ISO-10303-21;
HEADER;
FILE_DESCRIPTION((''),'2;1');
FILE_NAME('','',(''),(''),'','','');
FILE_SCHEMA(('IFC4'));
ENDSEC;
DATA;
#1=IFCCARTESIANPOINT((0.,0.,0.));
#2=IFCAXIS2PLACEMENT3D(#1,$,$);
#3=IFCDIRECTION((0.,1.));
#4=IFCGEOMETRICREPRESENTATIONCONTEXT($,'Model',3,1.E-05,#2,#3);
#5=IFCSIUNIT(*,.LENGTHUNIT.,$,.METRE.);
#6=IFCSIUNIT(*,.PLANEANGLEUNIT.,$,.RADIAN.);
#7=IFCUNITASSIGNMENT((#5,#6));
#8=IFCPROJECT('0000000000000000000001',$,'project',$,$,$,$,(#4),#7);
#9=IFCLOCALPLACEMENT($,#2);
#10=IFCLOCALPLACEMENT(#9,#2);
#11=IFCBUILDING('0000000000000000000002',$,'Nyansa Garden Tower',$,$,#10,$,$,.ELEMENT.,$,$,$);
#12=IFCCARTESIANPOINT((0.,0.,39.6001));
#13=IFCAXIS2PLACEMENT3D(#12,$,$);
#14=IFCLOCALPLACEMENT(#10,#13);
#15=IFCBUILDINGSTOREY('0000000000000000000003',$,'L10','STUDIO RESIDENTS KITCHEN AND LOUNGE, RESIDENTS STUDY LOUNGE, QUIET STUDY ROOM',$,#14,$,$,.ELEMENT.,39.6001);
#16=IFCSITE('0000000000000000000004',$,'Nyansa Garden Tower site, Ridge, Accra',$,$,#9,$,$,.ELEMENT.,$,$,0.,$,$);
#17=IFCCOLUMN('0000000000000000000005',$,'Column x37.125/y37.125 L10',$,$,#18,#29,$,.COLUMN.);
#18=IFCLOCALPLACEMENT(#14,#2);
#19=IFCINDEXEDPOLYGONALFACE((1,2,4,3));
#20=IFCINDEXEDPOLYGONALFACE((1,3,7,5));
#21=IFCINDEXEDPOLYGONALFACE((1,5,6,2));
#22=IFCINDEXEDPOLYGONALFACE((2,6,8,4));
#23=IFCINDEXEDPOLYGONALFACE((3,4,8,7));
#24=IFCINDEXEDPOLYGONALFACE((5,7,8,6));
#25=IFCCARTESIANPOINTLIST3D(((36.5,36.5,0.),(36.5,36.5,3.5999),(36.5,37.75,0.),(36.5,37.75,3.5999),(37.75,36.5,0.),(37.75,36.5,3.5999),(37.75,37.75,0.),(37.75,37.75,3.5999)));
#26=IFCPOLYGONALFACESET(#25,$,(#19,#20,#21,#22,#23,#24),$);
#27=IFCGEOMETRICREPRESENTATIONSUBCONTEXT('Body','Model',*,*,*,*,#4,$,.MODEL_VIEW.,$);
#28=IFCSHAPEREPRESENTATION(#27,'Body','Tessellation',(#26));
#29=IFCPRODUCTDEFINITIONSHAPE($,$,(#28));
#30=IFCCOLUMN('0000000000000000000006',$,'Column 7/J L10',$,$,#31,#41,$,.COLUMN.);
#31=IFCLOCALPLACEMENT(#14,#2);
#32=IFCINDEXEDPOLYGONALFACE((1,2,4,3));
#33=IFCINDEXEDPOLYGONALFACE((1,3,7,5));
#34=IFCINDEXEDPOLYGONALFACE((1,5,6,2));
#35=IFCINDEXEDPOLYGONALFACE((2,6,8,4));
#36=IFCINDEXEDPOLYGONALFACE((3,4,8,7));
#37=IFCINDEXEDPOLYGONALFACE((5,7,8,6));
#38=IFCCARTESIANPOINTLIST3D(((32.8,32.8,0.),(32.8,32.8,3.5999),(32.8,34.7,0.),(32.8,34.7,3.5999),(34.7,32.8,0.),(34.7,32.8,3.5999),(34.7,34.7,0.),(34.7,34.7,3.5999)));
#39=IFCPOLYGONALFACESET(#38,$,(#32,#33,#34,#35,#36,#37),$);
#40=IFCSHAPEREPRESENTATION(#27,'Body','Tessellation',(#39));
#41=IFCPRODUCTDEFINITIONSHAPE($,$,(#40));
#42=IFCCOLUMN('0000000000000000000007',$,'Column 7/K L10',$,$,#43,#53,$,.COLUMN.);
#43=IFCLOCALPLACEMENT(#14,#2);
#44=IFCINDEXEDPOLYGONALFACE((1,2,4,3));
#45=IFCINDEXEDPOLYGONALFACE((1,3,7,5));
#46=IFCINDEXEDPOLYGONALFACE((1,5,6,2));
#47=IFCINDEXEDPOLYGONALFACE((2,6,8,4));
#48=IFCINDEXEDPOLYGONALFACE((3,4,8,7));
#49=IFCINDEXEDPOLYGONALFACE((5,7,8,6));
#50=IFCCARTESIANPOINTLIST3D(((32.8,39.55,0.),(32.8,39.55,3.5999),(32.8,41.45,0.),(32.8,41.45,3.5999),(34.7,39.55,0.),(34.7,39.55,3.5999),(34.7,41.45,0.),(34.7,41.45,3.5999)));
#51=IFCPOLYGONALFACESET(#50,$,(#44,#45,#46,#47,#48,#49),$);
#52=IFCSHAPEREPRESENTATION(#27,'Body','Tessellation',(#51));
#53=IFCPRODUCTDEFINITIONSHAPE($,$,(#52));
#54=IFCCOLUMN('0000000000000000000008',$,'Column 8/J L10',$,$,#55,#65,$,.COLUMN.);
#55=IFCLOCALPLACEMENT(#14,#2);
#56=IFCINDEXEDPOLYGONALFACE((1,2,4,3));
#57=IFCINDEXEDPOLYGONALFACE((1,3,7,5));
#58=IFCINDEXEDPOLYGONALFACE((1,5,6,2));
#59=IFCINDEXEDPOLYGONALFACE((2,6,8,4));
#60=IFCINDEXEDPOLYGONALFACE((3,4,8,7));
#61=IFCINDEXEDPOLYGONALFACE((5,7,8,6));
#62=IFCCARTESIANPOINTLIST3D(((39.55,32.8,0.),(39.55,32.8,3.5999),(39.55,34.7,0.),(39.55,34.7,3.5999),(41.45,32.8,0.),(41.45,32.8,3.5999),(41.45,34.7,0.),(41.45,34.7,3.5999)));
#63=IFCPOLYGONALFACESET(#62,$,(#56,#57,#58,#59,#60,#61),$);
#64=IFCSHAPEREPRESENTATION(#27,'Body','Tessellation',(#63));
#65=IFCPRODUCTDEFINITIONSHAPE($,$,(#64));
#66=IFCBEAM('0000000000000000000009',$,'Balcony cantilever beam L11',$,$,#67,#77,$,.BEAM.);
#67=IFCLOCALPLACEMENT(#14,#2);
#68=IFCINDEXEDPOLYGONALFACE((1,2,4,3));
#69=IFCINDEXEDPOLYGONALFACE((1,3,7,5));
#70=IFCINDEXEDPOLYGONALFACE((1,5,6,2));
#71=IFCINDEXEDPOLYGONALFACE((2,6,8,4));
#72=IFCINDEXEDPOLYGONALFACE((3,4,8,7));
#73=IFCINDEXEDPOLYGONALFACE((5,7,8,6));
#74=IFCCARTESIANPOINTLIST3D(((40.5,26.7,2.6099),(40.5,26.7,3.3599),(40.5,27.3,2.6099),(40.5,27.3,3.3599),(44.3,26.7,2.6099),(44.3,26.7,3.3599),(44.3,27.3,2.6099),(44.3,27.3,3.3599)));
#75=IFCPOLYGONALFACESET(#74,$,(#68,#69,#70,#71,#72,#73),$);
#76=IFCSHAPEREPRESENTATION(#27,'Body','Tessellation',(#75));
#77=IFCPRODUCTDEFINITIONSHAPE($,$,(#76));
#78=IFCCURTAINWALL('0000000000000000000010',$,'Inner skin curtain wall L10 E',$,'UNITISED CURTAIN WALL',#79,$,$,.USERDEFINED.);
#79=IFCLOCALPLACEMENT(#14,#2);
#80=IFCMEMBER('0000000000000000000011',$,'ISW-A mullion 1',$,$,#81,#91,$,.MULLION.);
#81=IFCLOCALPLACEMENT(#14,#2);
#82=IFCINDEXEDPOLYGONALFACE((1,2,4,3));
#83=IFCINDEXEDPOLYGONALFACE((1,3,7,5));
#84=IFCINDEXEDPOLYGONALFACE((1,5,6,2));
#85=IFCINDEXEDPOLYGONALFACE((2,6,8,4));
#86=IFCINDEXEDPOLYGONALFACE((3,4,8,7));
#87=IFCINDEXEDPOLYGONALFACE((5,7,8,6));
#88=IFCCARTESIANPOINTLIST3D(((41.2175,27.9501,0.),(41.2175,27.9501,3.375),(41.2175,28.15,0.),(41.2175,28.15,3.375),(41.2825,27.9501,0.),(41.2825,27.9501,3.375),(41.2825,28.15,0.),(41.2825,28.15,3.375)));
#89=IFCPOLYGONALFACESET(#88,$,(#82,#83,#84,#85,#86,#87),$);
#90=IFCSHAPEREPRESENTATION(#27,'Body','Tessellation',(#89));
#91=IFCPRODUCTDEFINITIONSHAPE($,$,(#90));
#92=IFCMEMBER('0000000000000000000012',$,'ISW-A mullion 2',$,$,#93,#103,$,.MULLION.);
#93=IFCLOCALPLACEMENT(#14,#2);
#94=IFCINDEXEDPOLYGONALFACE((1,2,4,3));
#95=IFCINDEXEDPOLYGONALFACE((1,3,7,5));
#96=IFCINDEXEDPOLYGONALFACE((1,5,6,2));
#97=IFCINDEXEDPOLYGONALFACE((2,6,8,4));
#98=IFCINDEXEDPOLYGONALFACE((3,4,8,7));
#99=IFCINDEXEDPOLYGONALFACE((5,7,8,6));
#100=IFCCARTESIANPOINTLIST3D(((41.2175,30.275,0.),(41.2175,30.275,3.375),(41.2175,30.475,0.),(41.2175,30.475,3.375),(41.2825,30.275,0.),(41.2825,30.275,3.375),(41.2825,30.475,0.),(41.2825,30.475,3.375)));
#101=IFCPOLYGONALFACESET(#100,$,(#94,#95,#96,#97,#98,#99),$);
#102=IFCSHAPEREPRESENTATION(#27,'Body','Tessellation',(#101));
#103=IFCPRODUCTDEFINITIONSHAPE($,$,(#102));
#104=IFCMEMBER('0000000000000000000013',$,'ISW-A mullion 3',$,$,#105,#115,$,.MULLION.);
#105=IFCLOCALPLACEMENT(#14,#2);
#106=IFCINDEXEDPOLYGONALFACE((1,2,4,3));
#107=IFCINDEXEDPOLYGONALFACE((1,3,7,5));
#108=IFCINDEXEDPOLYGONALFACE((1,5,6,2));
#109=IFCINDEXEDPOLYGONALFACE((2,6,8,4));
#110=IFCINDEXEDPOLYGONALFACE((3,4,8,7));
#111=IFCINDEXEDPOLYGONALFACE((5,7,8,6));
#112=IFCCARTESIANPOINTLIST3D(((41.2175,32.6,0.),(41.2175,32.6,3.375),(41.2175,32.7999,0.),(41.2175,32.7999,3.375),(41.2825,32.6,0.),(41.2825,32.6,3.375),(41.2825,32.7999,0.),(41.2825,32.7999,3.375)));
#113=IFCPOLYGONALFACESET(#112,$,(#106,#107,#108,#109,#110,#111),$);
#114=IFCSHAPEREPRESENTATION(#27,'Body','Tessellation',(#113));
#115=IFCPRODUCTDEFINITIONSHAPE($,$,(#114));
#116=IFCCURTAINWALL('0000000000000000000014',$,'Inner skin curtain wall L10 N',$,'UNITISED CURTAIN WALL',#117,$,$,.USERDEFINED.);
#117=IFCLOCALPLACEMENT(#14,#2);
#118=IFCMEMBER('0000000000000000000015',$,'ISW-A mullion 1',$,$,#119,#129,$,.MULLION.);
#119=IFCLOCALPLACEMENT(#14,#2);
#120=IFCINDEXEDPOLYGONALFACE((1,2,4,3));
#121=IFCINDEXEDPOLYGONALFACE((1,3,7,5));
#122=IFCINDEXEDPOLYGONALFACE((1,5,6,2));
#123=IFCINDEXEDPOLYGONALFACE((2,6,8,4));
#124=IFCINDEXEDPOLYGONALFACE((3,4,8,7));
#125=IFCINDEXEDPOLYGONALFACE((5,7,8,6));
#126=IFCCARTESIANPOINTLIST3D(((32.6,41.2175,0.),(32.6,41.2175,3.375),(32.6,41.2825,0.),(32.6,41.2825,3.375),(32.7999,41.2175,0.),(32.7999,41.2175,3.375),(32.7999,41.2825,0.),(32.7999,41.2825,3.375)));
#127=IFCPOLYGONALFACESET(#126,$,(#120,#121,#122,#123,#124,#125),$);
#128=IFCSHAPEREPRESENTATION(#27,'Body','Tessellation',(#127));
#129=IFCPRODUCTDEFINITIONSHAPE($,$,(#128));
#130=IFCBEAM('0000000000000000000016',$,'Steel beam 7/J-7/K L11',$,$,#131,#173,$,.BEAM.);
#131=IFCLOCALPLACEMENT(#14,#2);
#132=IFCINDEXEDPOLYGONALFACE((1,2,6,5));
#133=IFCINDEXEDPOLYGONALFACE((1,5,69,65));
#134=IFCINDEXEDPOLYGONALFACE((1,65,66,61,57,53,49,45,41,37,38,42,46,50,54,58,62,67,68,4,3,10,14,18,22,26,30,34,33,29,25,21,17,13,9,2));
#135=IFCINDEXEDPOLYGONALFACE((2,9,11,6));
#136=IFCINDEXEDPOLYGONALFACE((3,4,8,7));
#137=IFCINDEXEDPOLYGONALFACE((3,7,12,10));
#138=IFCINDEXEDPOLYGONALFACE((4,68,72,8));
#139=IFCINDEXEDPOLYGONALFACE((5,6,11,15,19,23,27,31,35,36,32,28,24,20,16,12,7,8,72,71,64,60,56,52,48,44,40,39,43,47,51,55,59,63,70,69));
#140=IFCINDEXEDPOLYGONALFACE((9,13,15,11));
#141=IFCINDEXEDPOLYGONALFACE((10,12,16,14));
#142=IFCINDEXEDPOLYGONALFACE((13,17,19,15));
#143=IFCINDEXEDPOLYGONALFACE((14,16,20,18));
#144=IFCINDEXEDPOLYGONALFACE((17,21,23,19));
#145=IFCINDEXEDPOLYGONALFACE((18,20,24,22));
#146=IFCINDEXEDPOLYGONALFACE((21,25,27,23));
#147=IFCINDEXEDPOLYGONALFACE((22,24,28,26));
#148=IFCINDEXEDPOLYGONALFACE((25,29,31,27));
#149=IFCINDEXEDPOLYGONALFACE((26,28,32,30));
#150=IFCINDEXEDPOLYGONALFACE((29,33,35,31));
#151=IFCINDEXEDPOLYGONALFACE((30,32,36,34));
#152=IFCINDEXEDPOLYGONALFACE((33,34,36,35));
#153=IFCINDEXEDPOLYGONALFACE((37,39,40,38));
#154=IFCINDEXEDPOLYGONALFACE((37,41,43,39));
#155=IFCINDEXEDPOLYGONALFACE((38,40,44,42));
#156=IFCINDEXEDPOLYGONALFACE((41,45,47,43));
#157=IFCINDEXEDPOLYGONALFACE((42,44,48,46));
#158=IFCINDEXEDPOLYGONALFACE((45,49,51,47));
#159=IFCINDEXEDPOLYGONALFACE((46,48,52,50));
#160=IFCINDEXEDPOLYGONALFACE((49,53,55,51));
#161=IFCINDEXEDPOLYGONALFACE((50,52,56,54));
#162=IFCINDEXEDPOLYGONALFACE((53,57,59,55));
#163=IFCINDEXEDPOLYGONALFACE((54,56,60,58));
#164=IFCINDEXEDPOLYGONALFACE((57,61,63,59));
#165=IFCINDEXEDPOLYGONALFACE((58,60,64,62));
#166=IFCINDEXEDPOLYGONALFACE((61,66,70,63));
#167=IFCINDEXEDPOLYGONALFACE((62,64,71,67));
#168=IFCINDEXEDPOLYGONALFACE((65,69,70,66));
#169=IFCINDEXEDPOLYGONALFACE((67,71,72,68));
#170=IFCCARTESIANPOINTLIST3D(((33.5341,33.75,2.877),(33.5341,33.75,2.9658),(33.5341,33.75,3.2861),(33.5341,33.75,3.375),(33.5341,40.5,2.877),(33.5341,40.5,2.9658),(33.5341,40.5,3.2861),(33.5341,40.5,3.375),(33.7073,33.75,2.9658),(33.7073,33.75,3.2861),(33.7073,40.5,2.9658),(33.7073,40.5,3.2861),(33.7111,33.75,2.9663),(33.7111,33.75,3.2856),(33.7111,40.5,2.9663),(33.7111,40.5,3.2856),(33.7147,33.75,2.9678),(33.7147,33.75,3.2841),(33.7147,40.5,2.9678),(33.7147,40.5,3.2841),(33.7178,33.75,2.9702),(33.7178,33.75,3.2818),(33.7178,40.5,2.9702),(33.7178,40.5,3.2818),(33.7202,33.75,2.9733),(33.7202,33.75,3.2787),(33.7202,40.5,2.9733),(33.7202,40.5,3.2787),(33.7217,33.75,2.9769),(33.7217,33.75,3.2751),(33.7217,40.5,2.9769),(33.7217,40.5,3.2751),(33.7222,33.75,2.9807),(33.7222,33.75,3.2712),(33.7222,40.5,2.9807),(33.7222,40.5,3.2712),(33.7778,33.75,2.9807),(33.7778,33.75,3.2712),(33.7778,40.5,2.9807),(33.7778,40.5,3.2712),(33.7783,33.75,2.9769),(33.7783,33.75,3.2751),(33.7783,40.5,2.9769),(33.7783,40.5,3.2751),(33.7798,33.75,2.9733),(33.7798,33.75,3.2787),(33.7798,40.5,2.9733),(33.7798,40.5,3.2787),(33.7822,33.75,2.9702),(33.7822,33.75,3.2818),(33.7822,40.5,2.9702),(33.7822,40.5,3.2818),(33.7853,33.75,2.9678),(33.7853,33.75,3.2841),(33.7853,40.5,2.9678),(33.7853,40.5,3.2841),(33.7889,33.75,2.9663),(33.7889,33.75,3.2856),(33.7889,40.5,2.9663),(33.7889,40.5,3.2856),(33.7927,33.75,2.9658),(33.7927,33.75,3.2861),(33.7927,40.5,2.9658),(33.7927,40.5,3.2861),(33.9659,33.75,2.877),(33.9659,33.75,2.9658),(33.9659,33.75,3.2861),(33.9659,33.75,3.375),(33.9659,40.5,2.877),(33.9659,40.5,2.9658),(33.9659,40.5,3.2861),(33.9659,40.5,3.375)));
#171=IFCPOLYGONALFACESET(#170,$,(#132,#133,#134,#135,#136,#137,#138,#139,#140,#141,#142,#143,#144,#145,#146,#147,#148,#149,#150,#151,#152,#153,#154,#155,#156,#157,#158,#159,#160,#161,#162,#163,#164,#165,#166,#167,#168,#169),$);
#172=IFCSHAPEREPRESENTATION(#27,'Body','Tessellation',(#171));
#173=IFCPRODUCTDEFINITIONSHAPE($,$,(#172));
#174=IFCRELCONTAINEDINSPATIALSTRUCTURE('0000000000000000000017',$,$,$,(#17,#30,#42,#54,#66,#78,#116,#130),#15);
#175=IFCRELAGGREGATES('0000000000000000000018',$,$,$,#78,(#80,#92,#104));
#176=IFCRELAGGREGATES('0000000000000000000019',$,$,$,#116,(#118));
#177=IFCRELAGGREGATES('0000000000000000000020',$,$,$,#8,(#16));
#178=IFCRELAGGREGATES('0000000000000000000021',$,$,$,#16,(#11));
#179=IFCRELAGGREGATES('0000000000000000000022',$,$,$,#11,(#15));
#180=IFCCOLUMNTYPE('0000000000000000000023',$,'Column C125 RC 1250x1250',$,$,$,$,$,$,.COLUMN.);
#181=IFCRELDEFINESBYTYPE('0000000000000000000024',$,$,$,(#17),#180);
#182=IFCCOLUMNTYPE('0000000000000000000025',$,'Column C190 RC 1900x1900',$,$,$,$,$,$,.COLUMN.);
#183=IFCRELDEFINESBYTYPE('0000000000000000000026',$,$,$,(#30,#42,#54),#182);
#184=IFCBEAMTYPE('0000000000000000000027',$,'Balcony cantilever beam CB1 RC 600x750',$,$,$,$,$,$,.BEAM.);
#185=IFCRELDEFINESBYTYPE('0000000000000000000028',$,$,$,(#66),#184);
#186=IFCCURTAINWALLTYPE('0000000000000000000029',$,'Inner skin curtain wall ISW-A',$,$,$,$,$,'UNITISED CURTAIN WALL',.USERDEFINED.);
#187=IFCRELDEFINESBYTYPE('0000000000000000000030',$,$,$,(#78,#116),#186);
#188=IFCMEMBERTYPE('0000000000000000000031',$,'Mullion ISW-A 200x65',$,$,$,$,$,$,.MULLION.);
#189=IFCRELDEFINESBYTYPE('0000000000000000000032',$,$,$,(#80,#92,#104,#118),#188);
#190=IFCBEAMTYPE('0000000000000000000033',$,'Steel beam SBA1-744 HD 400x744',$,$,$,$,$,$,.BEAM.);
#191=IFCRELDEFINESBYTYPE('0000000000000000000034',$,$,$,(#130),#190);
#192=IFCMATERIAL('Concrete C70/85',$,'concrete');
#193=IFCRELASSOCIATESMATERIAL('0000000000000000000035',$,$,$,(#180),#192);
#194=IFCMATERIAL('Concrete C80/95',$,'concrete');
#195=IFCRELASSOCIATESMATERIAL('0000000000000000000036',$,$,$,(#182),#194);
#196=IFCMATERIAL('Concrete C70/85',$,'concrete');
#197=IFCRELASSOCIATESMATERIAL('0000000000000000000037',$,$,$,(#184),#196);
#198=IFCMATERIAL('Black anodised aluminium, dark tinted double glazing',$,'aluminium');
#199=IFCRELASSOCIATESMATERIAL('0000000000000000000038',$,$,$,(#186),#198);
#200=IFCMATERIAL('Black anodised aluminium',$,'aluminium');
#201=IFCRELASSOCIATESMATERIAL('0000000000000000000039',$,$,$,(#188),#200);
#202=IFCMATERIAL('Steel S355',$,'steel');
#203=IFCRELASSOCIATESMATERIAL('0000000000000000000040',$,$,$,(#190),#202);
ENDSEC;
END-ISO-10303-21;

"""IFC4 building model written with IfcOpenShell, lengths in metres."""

from ifc_helpers import new_model, si_unit, direction, frame, origin, origin_2d, place, context, subcontext, project, spatial, rectangle, i_section, extrude, material, material_profile, profile_set, type_object, element, aggregate, save


model = new_model("IFC4")

# Units and contexts
model_context = context("Model", 3, precision=1e-05, world=origin(), true_north=direction((0.0, 1.0)))
body_context = subcontext(model_context, "Body", "Model", "MODEL_VIEW")
ifc_project = project(units=[si_unit("LENGTHUNIT", "METRE"), si_unit("PLANEANGLEUNIT", "RADIAN")], contexts=[model_context])

# Site, building, storey
site_placement = place(None, origin())
site = spatial("IfcSite", under=ifc_project, at=site_placement, Name="Nyansa Garden Tower site, Ridge, Accra", CompositionType="ELEMENT", RefElevation=0.0)
building_placement = place(site_placement, origin())
building = spatial("IfcBuilding", under=site, at=building_placement, Name="Nyansa Garden Tower", CompositionType="ELEMENT")
storey_placement = place(building_placement, frame((0.0, 0.0, 39.6001)))
storey = spatial("IfcBuildingStorey", under=building, at=storey_placement, Name="L10", Description="STUDIO RESIDENTS KITCHEN AND LOUNGE, RESIDENTS STUDY LOUNGE, QUIET STUDY ROOM", CompositionType="ELEMENT", Elevation=39.6001)

# Columns
ifc_material_1 = material(Name="Concrete C70/85", Category="concrete")
ifc_material_profile_1 = material_profile(ifc_material_1, rectangle(XDim=1.25, YDim=1.25, at=origin_2d()), Name="RC 1250x1250")
ifc_profile_set_1 = profile_set([ifc_material_profile_1], Name="Concrete C70/85")
column_type_1 = type_object("IfcColumnType", Name="Column C125 RC 1250x1250", PredefinedType="COLUMN", material=ifc_profile_set_1)
column_placement = place(storey_placement, frame((37.125, 37.125, 0.0), z_axis=(0.0, 0.0, 1.0), x_axis=(1.0, 0.0, 0.0)))
element("IfcColumn", 1, at=column_placement, inside=storey, type_object=column_type_1, Name="Column x37.125/y37.125 L10", PredefinedType="COLUMN", context=body_context, shape_type="SweptSolid", body=[
    extrude(rectangle(XDim=1.25, YDim=1.25, at=origin_2d()), origin(), (0.0, 0.0, 1.0), 3.5999),
])
ifc_material_2 = material(Name="Concrete C80/95", Category="concrete")
ifc_material_profile_2 = material_profile(ifc_material_2, rectangle(XDim=1.8999, YDim=1.8999, at=origin_2d()), Name="RC 1900x1900")
ifc_profile_set_2 = profile_set([ifc_material_profile_2], Name="Concrete C80/95")
column_type_2 = type_object("IfcColumnType", Name="Column C190 RC 1900x1900", PredefinedType="COLUMN", material=ifc_profile_set_2)
for number, where, z_axis, x_axis, name in (
    (2, (33.75, 33.75, 0.0), (0.0, 0.0, 1.0), (1.0, 0.0, 0.0), "Column 7/J L10"),
    (3, (33.75, 40.5, 0.0), (0.0, 0.0, 1.0), (1.0, 0.0, 0.0), "Column 7/K L10"),
    (4, (40.5, 33.75, 0.0), (0.0, 0.0, 1.0), (1.0, 0.0, 0.0), "Column 8/J L10"),
):
    element("IfcColumn", number, at=place(storey_placement, frame(where, z_axis=z_axis, x_axis=x_axis)), inside=storey, type_object=column_type_2, Name=name, PredefinedType="COLUMN", context=body_context, shape_type="SweptSolid", body=[
        extrude(rectangle(XDim=1.8999, YDim=1.8999, at=origin_2d()), origin(), (0.0, 0.0, 1.0), 3.5999),
    ])

# Beam
ifc_material_3 = material(Name="Concrete C70/85", Category="concrete")
ifc_material_profile_3 = material_profile(ifc_material_3, rectangle(XDim=0.6001, YDim=0.75, at=origin_2d()), Name="RC 600x750")
ifc_profile_set_3 = profile_set([ifc_material_profile_3], Name="Concrete C70/85")
beam_type_1 = type_object("IfcBeamType", Name="Balcony cantilever beam CB1 RC 600x750", PredefinedType="BEAM", material=ifc_profile_set_3)
beam_placement = place(storey_placement, frame((40.5, 27.0, 2.9849), z_axis=(1.0, 0.0, 0.0), x_axis=(0.0, 1.0, 0.0)))
element("IfcBeam", 5, at=beam_placement, inside=storey, type_object=beam_type_1, Name="Balcony cantilever beam L11", PredefinedType="BEAM", context=body_context, shape_type="SweptSolid", body=[
    extrude(rectangle(XDim=0.6001, YDim=0.75, at=origin_2d()), origin(), (0.0, 0.0, 1.0), 3.8),
])

# Curtain wall, members
ifc_material_4 = material(Name="Black anodised aluminium, dark tinted double glazing", Category="aluminium")
curtain_wall_type = type_object("IfcCurtainWallType", Name="Inner skin curtain wall ISW-A", ElementType="UNITISED CURTAIN WALL", PredefinedType="USERDEFINED", material=ifc_material_4)
curtain_wall_1_placement = place(storey_placement, origin())
curtain_wall_1 = element("IfcCurtainWall", 6, at=curtain_wall_1_placement, inside=storey, type_object=curtain_wall_type, Name="Inner skin curtain wall L10 E", ObjectType="UNITISED CURTAIN WALL", PredefinedType="USERDEFINED")
ifc_material_5 = material(Name="Black anodised aluminium", Category="aluminium")
ifc_material_profile_4 = material_profile(ifc_material_5, rectangle(XDim=0.0649, YDim=0.2, at=origin_2d()), Name="Mullion 200x65")
ifc_profile_set_4 = profile_set([ifc_material_profile_4], Name="Black anodised aluminium")
member_type_1 = type_object("IfcMemberType", Name="Mullion ISW-A 200x65", PredefinedType="MULLION", material=ifc_profile_set_4)
member_1_placement = place(storey_placement, frame((41.25, 28.05, 0.0), z_axis=(0.0, 0.0, 1.0), x_axis=(-1.0, 0.0, 0.0)))
member_1 = element("IfcMember", 7, at=member_1_placement, type_object=member_type_1, Name="ISW-A mullion 1", PredefinedType="MULLION", context=body_context, shape_type="SweptSolid", body=[
    extrude(rectangle(XDim=0.0649, YDim=0.2, at=origin_2d()), origin(), (0.0, 0.0, 1.0), 3.375),
])
member_2_placement = place(storey_placement, frame((41.25, 30.375, 0.0), z_axis=(0.0, 0.0, 1.0), x_axis=(-1.0, 0.0, 0.0)))
member_2 = element("IfcMember", 8, at=member_2_placement, type_object=member_type_1, Name="ISW-A mullion 2", PredefinedType="MULLION", context=body_context, shape_type="SweptSolid", body=[
    extrude(rectangle(XDim=0.0649, YDim=0.2, at=origin_2d()), origin(), (0.0, 0.0, 1.0), 3.375),
])
member_3_placement = place(storey_placement, frame((41.25, 32.7, 0.0), z_axis=(0.0, 0.0, 1.0), x_axis=(-1.0, 0.0, 0.0)))
member_3 = element("IfcMember", 9, at=member_3_placement, type_object=member_type_1, Name="ISW-A mullion 3", PredefinedType="MULLION", context=body_context, shape_type="SweptSolid", body=[
    extrude(rectangle(XDim=0.0649, YDim=0.2, at=origin_2d()), origin(), (0.0, 0.0, 1.0), 3.375),
])

# Curtain wall, member
curtain_wall_2_placement = place(storey_placement, origin())
curtain_wall_2 = element("IfcCurtainWall", 10, at=curtain_wall_2_placement, inside=storey, type_object=curtain_wall_type, Name="Inner skin curtain wall L10 N", ObjectType="UNITISED CURTAIN WALL", PredefinedType="USERDEFINED")
member_4_placement = place(storey_placement, frame((32.7, 41.25, 0.0), z_axis=(0.0, 0.0, 1.0), x_axis=(0.0, -1.0, 0.0)))
member_4 = element("IfcMember", 11, at=member_4_placement, type_object=member_type_1, Name="ISW-A mullion 1", PredefinedType="MULLION", context=body_context, shape_type="SweptSolid", body=[
    extrude(rectangle(XDim=0.0649, YDim=0.2, at=origin_2d()), origin(), (0.0, 0.0, 1.0), 3.375),
])

# Beam
ifc_material_6 = material(Name="Steel S355", Category="steel")
ifc_material_profile_5 = material_profile(ifc_material_6, i_section(OverallWidth=0.4319, OverallDepth=0.498, WebThickness=0.0557, FlangeThickness=0.0889, FilletRadius=0.0149, at=origin_2d()), Name="HD 400x744")
ifc_profile_set_5 = profile_set([ifc_material_profile_5], Name="Steel S355")
beam_type_2 = type_object("IfcBeamType", Name="Steel beam SBA1-744 HD 400x744", PredefinedType="BEAM", material=ifc_profile_set_5)
for number, where, z_axis, x_axis, name in (
    (12, (33.75, 33.75, 3.126), (0.0, 1.0, 0.0), (-1.0, 0.0, 0.0), "Steel beam 7/J-7/K L11"),
):
    element("IfcBeam", number, at=place(storey_placement, frame(where, z_axis=z_axis, x_axis=x_axis)), inside=storey, type_object=beam_type_2, Name=name, PredefinedType="BEAM", context=body_context, shape_type="SweptSolid", body=[
        extrude(i_section(OverallWidth=0.4319, OverallDepth=0.498, WebThickness=0.0557, FlangeThickness=0.0889, FilletRadius=0.0149, at=origin_2d()), origin(), (0.0, 0.0, 1.0), 6.75),
    ])

aggregate(curtain_wall_1, [member_1, member_2, member_3])
aggregate(curtain_wall_2, [member_4])

save(model, "model.ifc")
